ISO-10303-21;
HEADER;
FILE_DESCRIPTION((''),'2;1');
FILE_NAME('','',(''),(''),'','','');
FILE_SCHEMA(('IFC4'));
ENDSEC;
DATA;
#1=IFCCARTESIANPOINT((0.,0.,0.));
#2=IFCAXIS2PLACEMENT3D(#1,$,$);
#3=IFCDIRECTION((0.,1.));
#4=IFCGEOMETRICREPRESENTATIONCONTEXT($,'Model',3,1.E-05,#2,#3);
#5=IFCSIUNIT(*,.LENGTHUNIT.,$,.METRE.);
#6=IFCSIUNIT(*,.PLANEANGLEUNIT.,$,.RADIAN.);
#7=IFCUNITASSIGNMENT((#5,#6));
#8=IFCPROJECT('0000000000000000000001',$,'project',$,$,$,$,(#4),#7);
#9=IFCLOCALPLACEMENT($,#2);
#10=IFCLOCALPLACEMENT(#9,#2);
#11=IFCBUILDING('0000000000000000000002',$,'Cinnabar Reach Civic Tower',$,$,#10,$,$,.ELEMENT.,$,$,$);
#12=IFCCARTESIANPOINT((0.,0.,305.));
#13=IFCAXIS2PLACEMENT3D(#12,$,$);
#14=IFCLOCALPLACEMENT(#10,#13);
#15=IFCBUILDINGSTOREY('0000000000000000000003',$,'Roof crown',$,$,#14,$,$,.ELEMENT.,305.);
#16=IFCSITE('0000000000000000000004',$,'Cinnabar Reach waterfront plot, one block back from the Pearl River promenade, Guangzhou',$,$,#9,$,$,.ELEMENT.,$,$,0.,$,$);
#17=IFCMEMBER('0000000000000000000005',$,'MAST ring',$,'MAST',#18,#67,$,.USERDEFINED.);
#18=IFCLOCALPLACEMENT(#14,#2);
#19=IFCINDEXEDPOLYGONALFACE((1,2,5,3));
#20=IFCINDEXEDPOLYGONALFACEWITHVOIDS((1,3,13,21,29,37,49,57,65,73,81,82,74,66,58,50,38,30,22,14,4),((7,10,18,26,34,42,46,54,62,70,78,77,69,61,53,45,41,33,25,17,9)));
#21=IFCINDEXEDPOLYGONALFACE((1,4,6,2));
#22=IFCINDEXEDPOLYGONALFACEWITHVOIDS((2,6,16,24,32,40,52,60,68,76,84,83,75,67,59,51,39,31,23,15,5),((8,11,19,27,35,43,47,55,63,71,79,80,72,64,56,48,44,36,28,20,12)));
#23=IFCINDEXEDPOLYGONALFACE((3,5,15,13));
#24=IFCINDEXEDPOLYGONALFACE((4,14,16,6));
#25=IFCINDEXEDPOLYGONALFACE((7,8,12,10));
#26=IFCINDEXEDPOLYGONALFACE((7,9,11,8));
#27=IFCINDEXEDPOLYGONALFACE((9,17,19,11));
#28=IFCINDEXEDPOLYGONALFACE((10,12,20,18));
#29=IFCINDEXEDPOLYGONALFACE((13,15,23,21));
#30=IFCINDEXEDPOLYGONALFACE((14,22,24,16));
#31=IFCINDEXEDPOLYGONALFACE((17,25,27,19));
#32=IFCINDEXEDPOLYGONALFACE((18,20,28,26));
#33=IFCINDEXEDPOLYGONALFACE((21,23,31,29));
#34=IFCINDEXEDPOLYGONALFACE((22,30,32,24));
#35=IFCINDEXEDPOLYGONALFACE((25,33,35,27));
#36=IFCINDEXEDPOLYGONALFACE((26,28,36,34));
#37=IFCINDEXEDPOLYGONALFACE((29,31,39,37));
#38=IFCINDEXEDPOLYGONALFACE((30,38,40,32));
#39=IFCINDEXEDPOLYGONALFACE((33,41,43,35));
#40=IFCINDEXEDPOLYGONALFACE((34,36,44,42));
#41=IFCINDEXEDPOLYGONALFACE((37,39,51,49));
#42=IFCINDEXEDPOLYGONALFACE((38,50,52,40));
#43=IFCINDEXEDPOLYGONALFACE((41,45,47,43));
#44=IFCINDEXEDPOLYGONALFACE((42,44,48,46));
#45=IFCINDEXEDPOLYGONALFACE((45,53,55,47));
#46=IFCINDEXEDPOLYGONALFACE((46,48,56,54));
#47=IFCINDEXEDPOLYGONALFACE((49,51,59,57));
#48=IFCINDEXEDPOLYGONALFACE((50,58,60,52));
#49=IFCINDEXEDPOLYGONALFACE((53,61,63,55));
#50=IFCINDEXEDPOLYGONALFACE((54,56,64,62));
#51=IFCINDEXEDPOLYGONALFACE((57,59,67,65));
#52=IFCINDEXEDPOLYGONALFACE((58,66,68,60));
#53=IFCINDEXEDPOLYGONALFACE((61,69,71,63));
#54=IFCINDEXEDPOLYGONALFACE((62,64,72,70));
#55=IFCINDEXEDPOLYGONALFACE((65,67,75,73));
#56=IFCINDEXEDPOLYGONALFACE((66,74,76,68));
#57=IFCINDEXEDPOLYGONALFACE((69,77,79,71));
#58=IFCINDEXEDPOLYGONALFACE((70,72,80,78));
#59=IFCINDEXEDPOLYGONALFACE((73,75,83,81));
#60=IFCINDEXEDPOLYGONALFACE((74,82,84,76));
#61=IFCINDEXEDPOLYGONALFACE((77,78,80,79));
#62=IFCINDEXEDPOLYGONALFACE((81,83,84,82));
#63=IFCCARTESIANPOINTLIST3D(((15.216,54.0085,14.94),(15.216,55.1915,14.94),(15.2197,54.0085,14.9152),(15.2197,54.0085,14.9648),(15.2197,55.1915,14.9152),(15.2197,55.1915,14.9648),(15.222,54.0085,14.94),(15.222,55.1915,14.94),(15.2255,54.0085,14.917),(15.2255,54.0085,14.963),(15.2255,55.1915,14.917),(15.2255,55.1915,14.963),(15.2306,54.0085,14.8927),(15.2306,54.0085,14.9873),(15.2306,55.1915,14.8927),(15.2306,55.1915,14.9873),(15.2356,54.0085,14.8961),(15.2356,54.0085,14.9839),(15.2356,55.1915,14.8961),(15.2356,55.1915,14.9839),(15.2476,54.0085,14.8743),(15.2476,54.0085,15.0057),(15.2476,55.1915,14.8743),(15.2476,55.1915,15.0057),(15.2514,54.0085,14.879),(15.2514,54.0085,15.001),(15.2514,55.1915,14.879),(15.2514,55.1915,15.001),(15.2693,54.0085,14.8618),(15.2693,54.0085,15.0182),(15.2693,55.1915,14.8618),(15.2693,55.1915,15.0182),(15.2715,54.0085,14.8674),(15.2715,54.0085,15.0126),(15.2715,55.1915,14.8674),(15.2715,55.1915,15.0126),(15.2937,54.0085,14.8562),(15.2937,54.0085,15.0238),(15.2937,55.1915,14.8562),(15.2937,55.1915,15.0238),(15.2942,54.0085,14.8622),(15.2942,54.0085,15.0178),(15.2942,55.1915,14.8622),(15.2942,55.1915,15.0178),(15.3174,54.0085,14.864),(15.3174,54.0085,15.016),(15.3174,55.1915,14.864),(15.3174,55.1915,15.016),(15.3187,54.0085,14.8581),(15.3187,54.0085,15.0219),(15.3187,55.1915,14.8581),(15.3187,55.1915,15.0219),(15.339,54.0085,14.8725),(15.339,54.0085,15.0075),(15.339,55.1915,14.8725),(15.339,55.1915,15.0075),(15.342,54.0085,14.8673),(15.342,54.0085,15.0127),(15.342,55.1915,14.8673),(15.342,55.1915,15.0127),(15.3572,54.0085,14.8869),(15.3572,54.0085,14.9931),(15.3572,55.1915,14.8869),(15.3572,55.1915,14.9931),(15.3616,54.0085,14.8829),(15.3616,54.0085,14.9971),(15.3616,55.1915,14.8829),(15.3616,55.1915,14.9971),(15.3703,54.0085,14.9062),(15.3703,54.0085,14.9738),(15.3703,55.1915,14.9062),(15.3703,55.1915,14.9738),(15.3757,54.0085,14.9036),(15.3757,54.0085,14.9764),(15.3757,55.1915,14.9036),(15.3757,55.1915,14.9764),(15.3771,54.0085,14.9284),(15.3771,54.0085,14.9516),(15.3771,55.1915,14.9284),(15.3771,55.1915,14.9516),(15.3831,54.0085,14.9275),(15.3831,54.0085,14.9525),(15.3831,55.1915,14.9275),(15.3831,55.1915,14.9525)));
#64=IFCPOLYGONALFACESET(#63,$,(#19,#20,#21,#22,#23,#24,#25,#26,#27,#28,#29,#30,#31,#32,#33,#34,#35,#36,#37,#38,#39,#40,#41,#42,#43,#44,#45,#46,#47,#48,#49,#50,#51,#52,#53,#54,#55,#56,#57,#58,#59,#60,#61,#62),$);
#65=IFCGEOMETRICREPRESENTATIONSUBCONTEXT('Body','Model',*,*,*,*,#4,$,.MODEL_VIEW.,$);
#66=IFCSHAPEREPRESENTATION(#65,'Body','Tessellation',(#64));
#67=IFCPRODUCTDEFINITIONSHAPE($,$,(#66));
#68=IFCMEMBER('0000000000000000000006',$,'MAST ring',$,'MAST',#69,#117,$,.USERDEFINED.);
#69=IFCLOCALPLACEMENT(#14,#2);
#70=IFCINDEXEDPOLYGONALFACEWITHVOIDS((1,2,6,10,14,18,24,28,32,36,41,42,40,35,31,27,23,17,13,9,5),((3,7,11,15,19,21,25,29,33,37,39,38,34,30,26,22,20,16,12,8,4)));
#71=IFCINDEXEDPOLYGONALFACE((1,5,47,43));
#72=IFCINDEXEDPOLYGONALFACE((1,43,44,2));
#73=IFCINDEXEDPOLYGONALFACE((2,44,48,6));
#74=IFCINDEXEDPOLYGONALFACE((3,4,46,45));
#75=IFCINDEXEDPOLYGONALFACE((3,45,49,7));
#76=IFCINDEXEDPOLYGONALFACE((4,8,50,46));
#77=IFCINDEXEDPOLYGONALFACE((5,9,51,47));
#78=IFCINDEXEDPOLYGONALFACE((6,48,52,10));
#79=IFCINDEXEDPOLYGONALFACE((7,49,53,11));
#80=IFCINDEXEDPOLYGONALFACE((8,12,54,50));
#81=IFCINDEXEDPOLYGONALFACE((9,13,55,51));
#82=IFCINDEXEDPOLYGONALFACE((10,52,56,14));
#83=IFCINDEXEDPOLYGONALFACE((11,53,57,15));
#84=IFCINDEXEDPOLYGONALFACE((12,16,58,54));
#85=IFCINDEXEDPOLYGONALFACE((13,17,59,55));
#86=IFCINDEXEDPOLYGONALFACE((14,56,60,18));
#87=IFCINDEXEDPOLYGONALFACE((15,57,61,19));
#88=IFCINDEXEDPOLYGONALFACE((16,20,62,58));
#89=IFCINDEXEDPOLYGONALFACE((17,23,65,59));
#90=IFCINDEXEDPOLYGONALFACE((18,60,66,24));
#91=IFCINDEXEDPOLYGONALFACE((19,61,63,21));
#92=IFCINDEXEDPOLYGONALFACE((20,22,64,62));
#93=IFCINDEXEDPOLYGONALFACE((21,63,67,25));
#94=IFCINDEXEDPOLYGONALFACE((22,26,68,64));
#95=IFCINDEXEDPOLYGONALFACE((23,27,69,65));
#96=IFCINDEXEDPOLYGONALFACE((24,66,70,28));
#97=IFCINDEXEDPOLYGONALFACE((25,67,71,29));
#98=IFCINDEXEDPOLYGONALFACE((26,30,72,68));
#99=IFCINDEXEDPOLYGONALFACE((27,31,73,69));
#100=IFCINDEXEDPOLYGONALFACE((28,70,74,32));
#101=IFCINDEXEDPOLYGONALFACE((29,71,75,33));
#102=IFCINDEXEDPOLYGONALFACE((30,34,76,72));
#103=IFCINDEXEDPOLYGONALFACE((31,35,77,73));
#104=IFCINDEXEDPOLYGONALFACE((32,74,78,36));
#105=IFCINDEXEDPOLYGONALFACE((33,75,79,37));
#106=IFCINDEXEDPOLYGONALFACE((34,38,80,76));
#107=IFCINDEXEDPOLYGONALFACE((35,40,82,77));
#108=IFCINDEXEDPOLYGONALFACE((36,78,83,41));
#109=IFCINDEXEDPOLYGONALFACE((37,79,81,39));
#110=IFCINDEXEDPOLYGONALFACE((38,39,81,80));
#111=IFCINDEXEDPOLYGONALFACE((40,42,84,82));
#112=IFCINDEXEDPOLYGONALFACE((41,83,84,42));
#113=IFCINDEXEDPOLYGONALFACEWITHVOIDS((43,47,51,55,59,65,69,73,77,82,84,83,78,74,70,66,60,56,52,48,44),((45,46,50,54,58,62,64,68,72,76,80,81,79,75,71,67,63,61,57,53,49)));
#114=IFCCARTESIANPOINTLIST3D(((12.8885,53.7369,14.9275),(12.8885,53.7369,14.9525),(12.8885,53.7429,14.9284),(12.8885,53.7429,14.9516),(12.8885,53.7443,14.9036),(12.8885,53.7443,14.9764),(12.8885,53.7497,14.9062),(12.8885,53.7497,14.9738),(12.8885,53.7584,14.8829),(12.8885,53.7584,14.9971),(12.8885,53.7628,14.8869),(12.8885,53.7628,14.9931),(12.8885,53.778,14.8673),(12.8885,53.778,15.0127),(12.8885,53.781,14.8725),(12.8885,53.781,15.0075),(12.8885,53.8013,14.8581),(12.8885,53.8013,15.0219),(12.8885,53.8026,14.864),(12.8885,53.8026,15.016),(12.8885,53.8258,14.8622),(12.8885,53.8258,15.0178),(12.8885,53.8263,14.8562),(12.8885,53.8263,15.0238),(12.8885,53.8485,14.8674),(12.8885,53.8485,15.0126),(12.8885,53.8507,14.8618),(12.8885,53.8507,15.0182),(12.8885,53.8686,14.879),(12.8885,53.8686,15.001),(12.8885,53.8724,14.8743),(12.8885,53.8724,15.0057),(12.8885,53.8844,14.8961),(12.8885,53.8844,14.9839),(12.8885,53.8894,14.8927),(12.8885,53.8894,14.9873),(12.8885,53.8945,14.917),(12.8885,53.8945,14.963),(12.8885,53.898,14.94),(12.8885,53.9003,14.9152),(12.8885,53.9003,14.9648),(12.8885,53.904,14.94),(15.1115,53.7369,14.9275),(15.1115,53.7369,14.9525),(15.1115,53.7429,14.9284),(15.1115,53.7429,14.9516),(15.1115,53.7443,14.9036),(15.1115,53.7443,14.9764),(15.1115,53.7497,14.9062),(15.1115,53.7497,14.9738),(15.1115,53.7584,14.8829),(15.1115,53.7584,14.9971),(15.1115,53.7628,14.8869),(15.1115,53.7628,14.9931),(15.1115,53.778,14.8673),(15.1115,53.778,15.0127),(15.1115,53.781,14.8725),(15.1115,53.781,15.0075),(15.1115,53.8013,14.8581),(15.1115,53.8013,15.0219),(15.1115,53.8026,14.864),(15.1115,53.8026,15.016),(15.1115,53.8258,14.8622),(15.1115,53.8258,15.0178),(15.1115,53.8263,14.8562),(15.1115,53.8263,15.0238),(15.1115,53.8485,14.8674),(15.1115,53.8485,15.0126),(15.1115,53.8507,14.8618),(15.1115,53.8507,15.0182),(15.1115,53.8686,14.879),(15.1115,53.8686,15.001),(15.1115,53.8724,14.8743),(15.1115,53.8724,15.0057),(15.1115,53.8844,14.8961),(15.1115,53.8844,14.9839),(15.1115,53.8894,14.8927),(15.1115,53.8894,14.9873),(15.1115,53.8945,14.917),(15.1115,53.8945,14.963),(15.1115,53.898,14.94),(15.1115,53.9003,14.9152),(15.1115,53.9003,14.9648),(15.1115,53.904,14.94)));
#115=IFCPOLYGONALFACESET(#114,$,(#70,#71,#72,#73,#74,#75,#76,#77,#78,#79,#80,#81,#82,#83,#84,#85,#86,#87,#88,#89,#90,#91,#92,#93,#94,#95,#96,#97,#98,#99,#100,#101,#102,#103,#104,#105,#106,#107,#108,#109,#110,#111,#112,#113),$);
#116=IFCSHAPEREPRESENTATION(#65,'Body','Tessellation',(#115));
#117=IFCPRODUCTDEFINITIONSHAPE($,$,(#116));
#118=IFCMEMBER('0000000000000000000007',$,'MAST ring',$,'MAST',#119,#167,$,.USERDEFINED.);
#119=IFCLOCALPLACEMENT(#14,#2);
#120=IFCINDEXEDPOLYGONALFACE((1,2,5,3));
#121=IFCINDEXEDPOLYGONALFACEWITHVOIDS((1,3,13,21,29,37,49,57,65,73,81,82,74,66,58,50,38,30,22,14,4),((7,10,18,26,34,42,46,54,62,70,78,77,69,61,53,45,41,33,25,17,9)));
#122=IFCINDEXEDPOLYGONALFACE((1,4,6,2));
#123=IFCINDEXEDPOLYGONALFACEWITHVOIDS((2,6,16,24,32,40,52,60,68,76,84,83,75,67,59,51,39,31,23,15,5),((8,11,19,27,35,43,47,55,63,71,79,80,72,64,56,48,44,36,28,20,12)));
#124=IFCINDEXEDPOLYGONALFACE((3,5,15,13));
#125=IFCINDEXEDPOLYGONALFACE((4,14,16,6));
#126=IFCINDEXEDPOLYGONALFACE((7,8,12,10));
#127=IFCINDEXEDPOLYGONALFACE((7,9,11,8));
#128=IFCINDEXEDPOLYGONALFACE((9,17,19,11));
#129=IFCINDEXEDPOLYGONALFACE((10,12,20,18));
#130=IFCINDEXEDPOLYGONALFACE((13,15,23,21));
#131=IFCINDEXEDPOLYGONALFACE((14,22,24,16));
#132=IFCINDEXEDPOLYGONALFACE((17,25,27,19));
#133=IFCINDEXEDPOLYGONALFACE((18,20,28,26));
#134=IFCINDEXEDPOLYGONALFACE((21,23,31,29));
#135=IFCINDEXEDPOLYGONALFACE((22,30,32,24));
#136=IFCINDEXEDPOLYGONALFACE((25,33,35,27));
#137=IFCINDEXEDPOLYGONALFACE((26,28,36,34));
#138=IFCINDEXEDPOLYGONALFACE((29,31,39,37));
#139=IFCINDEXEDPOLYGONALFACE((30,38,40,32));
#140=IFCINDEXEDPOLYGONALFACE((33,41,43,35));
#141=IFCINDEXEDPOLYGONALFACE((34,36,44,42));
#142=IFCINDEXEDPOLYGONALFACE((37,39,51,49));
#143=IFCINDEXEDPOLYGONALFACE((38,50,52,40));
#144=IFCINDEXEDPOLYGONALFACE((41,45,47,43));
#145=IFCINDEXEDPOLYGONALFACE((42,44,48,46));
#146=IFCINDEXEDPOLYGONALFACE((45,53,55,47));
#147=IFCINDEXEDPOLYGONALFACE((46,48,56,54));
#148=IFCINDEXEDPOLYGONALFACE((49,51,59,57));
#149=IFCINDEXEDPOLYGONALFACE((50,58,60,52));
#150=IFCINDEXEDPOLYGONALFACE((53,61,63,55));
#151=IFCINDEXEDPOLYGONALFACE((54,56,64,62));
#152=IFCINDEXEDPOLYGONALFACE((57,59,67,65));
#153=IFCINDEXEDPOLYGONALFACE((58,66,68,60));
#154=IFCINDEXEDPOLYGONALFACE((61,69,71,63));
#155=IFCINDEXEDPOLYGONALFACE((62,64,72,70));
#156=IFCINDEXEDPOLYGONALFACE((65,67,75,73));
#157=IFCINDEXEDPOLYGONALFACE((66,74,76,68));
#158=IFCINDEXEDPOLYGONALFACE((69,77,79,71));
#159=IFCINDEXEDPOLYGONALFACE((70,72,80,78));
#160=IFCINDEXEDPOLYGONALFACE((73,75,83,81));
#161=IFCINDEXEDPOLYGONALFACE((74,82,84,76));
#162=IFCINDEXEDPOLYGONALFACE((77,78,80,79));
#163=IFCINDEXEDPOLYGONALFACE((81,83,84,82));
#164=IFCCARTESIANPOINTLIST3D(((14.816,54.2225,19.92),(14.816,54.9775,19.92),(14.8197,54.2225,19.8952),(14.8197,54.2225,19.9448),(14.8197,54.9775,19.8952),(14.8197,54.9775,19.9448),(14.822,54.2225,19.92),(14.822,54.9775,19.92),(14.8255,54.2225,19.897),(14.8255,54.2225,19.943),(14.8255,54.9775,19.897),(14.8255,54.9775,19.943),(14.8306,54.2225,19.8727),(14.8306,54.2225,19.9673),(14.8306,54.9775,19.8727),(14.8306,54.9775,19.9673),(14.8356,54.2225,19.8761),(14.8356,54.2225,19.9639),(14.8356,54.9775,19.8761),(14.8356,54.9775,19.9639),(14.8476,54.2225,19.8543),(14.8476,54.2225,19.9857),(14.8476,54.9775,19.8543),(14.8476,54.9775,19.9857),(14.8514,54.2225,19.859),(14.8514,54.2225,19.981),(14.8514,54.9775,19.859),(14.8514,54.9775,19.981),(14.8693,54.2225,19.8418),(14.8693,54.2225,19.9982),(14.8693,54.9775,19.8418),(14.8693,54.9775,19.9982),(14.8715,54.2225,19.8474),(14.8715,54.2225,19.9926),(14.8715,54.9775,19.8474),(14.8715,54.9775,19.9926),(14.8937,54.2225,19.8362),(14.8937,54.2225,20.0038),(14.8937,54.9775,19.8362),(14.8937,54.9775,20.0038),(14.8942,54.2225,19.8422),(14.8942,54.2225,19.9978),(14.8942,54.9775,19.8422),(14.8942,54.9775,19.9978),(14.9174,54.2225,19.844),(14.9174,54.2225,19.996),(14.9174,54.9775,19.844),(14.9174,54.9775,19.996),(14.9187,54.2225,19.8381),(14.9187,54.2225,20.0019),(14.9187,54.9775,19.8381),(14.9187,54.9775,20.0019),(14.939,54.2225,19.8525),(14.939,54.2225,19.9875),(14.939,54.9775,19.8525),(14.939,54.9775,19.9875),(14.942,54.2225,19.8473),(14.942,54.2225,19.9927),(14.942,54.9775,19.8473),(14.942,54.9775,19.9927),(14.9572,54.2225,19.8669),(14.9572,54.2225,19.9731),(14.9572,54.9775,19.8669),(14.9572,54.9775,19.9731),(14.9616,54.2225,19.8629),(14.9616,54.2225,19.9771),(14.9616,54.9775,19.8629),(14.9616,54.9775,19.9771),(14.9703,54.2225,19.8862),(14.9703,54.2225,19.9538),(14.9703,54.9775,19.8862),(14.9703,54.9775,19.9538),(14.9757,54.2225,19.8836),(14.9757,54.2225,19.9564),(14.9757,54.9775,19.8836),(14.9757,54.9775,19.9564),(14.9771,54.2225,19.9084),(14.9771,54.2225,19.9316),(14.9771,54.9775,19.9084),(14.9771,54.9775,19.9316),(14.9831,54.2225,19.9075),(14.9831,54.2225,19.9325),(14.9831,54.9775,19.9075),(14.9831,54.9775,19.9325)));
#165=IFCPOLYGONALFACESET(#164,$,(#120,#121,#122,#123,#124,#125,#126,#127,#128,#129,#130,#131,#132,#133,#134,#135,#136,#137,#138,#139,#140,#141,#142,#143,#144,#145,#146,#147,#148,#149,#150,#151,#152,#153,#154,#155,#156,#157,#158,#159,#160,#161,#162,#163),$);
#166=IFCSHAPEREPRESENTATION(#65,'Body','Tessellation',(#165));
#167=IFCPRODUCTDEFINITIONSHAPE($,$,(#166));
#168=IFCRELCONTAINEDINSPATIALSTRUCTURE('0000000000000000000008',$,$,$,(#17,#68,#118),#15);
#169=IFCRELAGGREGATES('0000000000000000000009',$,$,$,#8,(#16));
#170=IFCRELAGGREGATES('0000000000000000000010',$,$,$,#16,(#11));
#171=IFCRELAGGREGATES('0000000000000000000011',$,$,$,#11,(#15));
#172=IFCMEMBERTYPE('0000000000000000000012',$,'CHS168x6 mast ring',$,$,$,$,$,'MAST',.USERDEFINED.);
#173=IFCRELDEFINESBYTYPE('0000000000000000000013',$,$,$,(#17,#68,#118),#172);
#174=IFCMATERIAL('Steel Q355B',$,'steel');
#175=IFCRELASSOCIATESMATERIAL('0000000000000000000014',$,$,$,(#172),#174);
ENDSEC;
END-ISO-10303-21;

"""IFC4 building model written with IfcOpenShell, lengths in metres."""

from ifc_helpers import new_model, si_unit, direction, frame, origin, origin_2d, place, context, subcontext, project, spatial, hollow_circle, extrude, material, material_profile, profile_set, type_object, element, save


model = new_model("IFC4")

# Units and contexts
model_context = context("Model", 3, precision=1e-05, world=origin(), true_north=direction((0.0, 1.0)))
body_context = subcontext(model_context, "Body", "Model", "MODEL_VIEW")
ifc_project = project(units=[si_unit("LENGTHUNIT", "METRE"), si_unit("PLANEANGLEUNIT", "RADIAN")], contexts=[model_context])

# Site, building, storey
site_placement = place(None, origin())
site = spatial("IfcSite", under=ifc_project, at=site_placement, Name="Cinnabar Reach waterfront plot, one block back from the Pearl River promenade, Guangzhou", CompositionType="ELEMENT", RefElevation=0.0)
building_placement = place(site_placement, origin())
building = spatial("IfcBuilding", under=site, at=building_placement, Name="Cinnabar Reach Civic Tower", CompositionType="ELEMENT")
storey_placement = place(building_placement, frame((0.0, 0.0, 305.0)))
storey = spatial("IfcBuildingStorey", under=building, at=storey_placement, Name="Roof crown", CompositionType="ELEMENT", Elevation=305.0)

# Members
ifc_material_1 = material(Name="Steel Q355B", Category="steel")
ifc_material_profile_1 = material_profile(ifc_material_1, hollow_circle(Radius=0.084, WallThickness=0.006, at=origin_2d()), Name="CHS168x6")
ifc_profile_set_1 = profile_set([ifc_material_profile_1], Name="Steel Q355B")
member_type_1 = type_object("IfcMemberType", Name="CHS168x6 mast ring", ElementType="MAST", PredefinedType="USERDEFINED", material=ifc_profile_set_1)
member_1_placement = place(storey_placement, frame((15.3, 54.0085, 14.94), z_axis=(0.0, 1.0, 0.0), x_axis=(-1.0, 0.0, 0.0)))
element("IfcMember", 1, at=member_1_placement, inside=storey, type_object=member_type_1, Name="MAST ring", ObjectType="MAST", PredefinedType="USERDEFINED", context=body_context, shape_type="SweptSolid", body=[
    extrude(hollow_circle(Radius=0.084, WallThickness=0.006, at=origin_2d()), origin(), (0.0, 0.0, 1.0), 1.183),
])
member_2_placement = place(storey_placement, frame((12.8885, 53.82, 14.94), z_axis=(1.0, 0.0, 0.0), x_axis=(0.0, 1.0, 0.0)))
element("IfcMember", 2, at=member_2_placement, inside=storey, type_object=member_type_1, Name="MAST ring", ObjectType="MAST", PredefinedType="USERDEFINED", context=body_context, shape_type="SweptSolid", body=[
    extrude(hollow_circle(Radius=0.084, WallThickness=0.006, at=origin_2d()), origin(), (0.0, 0.0, 1.0), 2.223),
])
member_3_placement = place(storey_placement, frame((14.9, 54.2225, 19.92), z_axis=(0.0, 1.0, 0.0), x_axis=(-1.0, 0.0, 0.0)))
element("IfcMember", 3, at=member_3_placement, inside=storey, type_object=member_type_1, Name="MAST ring", ObjectType="MAST", PredefinedType="USERDEFINED", context=body_context, shape_type="SweptSolid", body=[
    extrude(hollow_circle(Radius=0.084, WallThickness=0.006, at=origin_2d()), origin(), (0.0, 0.0, 1.0), 0.755),
])

save(model, "model.ifc")
